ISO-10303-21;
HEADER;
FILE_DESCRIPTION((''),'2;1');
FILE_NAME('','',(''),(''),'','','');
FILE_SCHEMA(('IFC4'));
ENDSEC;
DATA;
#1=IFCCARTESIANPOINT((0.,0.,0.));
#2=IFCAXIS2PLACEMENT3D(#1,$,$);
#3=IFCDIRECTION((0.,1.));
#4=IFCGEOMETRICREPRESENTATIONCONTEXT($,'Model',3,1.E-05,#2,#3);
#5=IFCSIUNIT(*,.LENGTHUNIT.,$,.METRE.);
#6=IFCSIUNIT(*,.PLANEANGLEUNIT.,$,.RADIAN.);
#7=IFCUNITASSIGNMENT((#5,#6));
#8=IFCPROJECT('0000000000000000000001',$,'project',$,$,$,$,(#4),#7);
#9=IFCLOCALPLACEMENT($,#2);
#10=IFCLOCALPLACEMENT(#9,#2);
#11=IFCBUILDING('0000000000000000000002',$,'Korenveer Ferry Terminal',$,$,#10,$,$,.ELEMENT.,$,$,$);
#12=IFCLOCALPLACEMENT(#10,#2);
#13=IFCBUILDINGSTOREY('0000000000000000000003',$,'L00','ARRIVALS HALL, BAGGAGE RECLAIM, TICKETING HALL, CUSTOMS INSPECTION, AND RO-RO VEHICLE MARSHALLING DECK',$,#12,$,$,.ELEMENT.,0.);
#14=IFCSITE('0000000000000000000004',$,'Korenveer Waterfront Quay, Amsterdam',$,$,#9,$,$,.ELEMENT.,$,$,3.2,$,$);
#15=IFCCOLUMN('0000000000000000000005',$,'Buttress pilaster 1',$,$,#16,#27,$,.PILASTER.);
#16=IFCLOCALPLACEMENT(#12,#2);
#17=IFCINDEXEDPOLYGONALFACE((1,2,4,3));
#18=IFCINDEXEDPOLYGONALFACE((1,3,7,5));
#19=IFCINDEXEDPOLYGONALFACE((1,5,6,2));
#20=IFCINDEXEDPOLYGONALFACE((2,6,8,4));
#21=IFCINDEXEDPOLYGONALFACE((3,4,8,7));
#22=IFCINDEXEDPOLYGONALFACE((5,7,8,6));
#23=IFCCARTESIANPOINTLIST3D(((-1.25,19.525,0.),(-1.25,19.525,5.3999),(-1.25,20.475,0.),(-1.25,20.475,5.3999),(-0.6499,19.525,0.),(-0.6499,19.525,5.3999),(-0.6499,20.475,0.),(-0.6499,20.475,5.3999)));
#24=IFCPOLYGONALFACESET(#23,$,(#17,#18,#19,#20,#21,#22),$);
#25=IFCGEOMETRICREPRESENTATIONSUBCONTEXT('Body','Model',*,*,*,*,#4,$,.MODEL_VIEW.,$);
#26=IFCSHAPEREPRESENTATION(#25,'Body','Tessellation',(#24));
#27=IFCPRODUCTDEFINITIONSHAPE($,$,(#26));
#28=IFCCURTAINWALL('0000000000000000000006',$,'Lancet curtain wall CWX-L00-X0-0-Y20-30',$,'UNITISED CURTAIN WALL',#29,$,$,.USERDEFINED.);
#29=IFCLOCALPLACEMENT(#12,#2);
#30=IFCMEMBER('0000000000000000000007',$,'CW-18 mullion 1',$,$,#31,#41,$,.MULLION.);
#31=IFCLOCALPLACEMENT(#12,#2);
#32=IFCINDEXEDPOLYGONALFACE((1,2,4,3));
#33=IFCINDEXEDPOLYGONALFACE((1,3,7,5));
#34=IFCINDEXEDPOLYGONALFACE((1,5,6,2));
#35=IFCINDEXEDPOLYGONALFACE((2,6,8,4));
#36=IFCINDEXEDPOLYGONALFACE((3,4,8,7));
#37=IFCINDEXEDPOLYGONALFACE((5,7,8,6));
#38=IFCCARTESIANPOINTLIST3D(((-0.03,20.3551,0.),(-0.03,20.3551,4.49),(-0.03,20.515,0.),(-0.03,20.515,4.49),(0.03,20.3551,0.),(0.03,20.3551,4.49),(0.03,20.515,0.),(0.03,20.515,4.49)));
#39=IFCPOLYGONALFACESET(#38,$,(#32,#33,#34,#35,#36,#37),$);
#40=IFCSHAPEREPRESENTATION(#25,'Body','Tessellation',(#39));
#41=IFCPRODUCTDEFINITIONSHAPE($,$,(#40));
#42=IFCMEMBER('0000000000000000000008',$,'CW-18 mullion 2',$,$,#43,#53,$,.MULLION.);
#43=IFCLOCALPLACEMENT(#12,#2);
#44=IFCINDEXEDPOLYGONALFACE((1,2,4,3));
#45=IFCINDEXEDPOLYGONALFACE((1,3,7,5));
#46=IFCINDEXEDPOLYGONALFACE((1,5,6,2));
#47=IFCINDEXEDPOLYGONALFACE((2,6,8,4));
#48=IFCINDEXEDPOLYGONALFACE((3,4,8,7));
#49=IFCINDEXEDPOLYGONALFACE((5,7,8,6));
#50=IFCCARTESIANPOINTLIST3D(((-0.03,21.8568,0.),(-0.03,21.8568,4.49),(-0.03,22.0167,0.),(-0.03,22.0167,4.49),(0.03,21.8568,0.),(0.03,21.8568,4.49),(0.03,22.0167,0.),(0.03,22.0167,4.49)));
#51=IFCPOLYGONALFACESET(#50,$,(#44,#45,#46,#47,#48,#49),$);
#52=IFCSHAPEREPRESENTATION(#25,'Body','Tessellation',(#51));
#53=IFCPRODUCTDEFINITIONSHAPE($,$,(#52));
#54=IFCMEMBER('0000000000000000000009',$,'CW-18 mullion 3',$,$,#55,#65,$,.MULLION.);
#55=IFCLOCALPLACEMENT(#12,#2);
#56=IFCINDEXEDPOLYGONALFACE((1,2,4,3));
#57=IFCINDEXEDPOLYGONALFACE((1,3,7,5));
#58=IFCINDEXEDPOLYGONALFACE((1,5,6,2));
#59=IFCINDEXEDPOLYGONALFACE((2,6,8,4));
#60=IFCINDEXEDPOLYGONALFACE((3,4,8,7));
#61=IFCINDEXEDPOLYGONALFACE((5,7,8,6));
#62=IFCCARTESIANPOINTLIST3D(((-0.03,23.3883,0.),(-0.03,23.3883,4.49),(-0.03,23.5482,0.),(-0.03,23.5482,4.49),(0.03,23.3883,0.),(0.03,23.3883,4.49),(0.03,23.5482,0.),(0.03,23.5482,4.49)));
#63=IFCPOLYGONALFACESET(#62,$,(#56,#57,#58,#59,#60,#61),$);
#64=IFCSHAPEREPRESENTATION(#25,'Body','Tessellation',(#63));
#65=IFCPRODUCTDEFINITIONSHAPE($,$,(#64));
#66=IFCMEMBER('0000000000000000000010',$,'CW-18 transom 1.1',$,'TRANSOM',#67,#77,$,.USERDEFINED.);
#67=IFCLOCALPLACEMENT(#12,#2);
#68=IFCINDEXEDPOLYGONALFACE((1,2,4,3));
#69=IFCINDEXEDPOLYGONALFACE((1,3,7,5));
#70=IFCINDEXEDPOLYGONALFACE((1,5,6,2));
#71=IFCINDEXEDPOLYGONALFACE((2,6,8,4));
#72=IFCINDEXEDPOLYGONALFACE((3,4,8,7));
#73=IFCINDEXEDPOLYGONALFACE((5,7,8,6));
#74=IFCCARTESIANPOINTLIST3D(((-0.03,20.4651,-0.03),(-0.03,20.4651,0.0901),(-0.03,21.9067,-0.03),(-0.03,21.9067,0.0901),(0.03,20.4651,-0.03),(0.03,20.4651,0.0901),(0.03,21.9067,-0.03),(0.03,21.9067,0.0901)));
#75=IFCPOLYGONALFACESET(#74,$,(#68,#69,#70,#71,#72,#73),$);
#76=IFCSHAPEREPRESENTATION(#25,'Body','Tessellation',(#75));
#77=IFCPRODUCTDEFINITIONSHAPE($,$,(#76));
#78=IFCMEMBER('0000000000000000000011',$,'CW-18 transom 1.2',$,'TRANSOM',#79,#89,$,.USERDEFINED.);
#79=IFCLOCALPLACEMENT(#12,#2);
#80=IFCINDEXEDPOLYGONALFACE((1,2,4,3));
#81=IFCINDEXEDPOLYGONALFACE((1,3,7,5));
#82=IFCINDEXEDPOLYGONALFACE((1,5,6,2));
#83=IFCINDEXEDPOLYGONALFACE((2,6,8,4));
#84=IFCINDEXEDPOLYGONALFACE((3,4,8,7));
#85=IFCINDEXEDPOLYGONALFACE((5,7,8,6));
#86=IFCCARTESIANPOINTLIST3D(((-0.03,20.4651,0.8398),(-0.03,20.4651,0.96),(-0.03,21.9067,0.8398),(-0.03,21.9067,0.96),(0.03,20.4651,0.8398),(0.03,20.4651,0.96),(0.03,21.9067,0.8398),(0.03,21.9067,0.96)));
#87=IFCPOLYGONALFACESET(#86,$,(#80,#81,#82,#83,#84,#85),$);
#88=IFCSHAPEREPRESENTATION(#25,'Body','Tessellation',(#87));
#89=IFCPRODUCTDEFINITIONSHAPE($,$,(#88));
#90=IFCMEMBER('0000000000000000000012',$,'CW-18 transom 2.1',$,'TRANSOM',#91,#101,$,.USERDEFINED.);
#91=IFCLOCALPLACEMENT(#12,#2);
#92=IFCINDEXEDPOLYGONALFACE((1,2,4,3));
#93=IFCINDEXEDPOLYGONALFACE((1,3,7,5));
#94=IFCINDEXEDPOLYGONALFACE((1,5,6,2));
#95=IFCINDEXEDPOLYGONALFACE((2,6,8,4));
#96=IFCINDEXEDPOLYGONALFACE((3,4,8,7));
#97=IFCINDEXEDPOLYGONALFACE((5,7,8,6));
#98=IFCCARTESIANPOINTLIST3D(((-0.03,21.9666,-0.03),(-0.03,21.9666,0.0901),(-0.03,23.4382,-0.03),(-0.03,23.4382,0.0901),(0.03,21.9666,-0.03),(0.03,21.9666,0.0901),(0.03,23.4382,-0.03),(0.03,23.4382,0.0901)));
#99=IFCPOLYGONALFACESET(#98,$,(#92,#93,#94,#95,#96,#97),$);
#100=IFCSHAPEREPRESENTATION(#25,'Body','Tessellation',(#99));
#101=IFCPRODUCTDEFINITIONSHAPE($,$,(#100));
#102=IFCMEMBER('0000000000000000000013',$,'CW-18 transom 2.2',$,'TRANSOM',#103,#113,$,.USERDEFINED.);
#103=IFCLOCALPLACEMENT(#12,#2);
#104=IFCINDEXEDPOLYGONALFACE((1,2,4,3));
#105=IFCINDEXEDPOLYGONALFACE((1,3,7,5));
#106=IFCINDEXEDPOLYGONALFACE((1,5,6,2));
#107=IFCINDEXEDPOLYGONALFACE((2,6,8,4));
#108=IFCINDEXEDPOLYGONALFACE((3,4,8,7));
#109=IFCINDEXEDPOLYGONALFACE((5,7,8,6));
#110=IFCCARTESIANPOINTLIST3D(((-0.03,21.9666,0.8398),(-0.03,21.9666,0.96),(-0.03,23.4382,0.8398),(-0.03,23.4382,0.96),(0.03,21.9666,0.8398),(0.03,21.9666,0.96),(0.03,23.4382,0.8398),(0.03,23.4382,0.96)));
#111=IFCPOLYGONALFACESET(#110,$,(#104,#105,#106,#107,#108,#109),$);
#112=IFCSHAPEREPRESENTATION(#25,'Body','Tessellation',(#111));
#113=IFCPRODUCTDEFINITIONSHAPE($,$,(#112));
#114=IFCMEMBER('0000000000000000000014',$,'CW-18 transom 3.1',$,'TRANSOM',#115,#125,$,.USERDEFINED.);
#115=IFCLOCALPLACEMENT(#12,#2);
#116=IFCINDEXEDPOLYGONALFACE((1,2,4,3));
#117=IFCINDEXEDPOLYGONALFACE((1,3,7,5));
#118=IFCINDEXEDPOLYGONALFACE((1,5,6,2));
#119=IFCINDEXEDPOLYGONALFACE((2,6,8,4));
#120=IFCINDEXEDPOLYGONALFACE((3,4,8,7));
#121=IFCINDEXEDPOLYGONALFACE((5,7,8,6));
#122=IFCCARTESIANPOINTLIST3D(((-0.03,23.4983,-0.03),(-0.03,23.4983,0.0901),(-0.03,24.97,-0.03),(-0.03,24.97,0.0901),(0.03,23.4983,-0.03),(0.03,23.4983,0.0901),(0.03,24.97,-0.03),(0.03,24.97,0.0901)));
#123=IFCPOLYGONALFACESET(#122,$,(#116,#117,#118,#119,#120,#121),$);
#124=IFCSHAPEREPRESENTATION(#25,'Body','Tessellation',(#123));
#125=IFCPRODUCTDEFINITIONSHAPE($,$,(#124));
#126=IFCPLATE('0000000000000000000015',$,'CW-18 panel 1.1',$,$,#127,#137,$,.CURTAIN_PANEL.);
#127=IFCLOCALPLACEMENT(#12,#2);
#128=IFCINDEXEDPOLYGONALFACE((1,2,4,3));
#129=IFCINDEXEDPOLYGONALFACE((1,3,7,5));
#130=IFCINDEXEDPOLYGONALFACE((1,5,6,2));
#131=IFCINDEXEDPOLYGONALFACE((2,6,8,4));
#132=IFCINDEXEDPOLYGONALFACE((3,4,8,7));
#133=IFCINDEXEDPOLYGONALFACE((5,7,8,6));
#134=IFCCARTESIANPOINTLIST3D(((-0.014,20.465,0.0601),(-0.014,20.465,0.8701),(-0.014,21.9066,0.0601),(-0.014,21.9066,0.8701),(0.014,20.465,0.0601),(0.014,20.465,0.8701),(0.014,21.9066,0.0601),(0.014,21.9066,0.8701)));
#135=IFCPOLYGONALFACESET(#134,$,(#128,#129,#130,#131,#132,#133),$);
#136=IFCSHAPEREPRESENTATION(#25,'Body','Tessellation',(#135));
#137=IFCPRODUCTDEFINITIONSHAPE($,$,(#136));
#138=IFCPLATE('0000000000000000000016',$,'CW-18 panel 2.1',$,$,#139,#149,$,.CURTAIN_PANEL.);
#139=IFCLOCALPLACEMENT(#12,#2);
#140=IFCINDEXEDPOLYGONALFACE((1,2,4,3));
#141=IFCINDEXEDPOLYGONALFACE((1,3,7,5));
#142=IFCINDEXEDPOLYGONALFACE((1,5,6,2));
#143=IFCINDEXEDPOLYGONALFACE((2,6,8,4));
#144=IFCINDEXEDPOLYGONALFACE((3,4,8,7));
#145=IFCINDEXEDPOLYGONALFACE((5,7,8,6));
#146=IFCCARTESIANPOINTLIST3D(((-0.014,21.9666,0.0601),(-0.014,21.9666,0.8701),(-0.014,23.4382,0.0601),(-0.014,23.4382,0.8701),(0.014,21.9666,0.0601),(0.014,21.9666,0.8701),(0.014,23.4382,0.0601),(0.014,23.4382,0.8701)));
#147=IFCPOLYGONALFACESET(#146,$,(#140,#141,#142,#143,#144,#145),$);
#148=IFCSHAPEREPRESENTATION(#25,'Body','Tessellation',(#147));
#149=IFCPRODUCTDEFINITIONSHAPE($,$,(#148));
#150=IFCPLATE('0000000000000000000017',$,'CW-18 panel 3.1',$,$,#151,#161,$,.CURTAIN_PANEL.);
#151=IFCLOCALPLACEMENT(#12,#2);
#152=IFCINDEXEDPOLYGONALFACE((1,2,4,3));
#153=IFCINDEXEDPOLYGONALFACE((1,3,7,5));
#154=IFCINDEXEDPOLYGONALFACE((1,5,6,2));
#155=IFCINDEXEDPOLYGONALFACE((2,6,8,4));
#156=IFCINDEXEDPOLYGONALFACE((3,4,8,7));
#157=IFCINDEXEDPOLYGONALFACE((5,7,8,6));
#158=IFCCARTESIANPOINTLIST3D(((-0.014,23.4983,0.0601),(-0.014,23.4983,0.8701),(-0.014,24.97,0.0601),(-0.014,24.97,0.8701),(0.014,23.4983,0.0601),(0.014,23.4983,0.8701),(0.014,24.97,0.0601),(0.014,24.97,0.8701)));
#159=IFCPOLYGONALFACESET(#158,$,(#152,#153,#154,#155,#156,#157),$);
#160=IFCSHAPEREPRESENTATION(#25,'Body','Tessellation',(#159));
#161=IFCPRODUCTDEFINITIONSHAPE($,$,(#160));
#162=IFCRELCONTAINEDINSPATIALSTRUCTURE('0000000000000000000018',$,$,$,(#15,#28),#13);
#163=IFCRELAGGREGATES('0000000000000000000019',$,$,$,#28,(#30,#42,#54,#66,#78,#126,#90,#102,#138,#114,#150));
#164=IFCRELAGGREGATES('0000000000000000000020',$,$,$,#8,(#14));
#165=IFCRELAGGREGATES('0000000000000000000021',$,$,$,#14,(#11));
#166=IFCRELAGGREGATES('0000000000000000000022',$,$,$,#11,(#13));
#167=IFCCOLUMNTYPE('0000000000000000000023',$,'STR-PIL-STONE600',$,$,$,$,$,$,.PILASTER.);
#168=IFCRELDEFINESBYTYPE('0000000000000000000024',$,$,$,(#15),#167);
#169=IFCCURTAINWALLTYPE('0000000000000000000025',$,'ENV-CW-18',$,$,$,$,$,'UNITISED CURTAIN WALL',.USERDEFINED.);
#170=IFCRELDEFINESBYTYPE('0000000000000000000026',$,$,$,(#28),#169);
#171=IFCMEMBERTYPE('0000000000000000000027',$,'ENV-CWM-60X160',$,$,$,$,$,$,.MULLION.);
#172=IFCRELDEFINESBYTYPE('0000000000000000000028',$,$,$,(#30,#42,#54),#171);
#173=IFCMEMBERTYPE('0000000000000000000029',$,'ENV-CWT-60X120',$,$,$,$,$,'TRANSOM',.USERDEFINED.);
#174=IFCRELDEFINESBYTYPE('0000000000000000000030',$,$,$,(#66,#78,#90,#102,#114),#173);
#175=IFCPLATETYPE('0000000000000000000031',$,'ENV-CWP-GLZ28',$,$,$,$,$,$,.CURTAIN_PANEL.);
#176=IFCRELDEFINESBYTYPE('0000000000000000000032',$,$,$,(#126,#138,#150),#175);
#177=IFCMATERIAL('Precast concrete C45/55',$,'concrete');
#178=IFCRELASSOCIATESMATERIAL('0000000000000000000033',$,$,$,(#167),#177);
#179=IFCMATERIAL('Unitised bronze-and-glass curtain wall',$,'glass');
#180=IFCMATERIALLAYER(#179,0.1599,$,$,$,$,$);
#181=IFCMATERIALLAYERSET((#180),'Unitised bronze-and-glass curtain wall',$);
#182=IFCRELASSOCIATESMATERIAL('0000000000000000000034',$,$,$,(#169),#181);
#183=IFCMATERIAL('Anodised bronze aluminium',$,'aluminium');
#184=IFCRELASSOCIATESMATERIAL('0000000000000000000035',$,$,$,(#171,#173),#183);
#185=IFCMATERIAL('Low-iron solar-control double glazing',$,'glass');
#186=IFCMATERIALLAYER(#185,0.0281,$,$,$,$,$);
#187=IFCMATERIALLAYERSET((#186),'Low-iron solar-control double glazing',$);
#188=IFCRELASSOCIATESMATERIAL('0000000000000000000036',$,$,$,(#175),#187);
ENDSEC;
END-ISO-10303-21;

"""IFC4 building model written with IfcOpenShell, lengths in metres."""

from ifc_helpers import new_model, si_unit, direction, frame, origin, origin_2d, place, context, subcontext, project, spatial, rectangle, extrude, material, layer, layer_set, material_profile, profile_set, type_object, element, aggregate, save


model = new_model("IFC4")

# Units and contexts
model_context = context("Model", 3, precision=1e-05, world=origin(), true_north=direction((0.0, 1.0)))
body_context = subcontext(model_context, "Body", "Model", "MODEL_VIEW")
ifc_project = project(units=[si_unit("LENGTHUNIT", "METRE"), si_unit("PLANEANGLEUNIT", "RADIAN")], contexts=[model_context])

# Site, building, storey
site_placement = place(None, origin())
site = spatial("IfcSite", under=ifc_project, at=site_placement, Name="Korenveer Waterfront Quay, Amsterdam", CompositionType="ELEMENT", RefElevation=3.2)
building_placement = place(site_placement, origin())
building = spatial("IfcBuilding", under=site, at=building_placement, Name="Korenveer Ferry Terminal", CompositionType="ELEMENT")
storey_placement = place(building_placement, origin())
storey = spatial("IfcBuildingStorey", under=building, at=storey_placement, Name="L00", Description="ARRIVALS HALL, BAGGAGE RECLAIM, TICKETING HALL, CUSTOMS INSPECTION, AND RO-RO VEHICLE MARSHALLING DECK", CompositionType="ELEMENT", Elevation=0.0)

# Column
ifc_material_1 = material(Name="Precast concrete C45/55", Category="concrete")
ifc_material_profile_1 = material_profile(ifc_material_1, rectangle(XDim=0.6001, YDim=0.95, at=origin_2d()), Name="RC 600x950")
ifc_profile_set_1 = profile_set([ifc_material_profile_1], Name="Precast concrete C45/55")
column_type_1 = type_object("IfcColumnType", Name="STR-PIL-STONE600", PredefinedType="PILASTER", material=ifc_profile_set_1)
column_1_placement = place(storey_placement, frame((-0.95, 20.0, 0.0), z_axis=(0.0, 0.0, 1.0), x_axis=(1.0, 0.0, 0.0)))
element("IfcColumn", 1, at=column_1_placement, inside=storey, type_object=column_type_1, Name="Buttress pilaster 1", PredefinedType="PILASTER", context=body_context, shape_type="SweptSolid", body=[
    extrude(rectangle(XDim=0.6001, YDim=0.95, at=origin_2d()), origin(), (0.0, 0.0, 1.0), 5.3999),
])

# Curtain wall, members, plates
ifc_material_2 = material(Name="Unitised bronze-and-glass curtain wall", Category="glass")
ifc_layer_1 = layer(ifc_material_2, 0.1599)
ifc_layer_set_1 = layer_set([ifc_layer_1], Name="Unitised bronze-and-glass curtain wall")
curtain_wall_type = type_object("IfcCurtainWallType", Name="ENV-CW-18", ElementType="UNITISED CURTAIN WALL", PredefinedType="USERDEFINED", material=ifc_layer_set_1)
curtain_wall_placement = place(storey_placement, frame((0.0, 20.405, 0.0)))
curtain_wall = element("IfcCurtainWall", 2, at=curtain_wall_placement, inside=storey, type_object=curtain_wall_type, Name="Lancet curtain wall CWX-L00-X0-0-Y20-30", ObjectType="UNITISED CURTAIN WALL", PredefinedType="USERDEFINED")
ifc_material_3 = material(Name="Anodised bronze aluminium", Category="aluminium")
ifc_material_profile_2 = material_profile(ifc_material_3, rectangle(XDim=0.0601, YDim=0.1599, at=origin_2d()), Name="ALU 60x160")
ifc_profile_set_2 = profile_set([ifc_material_profile_2], Name="Anodised bronze aluminium")
member_type_1 = type_object("IfcMemberType", Name="ENV-CWM-60X160", PredefinedType="MULLION", material=ifc_profile_set_2)
member_1_placement = place(storey_placement, frame((0.0, 20.4351, 0.0), z_axis=(0.0, 0.0, 1.0), x_axis=(-1.0, 0.0, 0.0)))
member_1 = element("IfcMember", 3, at=member_1_placement, type_object=member_type_1, Name="CW-18 mullion 1", PredefinedType="MULLION", context=body_context, shape_type="SweptSolid", body=[
    extrude(rectangle(XDim=0.0601, YDim=0.1599, at=origin_2d()), origin(), (0.0, 0.0, 1.0), 4.49),
])
member_2_placement = place(storey_placement, frame((0.0, 21.9368, 0.0), z_axis=(0.0, 0.0, 1.0), x_axis=(-1.0, 0.0, 0.0)))
member_2 = element("IfcMember", 4, at=member_2_placement, type_object=member_type_1, Name="CW-18 mullion 2", PredefinedType="MULLION", context=body_context, shape_type="SweptSolid", body=[
    extrude(rectangle(XDim=0.0601, YDim=0.1599, at=origin_2d()), origin(), (0.0, 0.0, 1.0), 4.49),
])
member_3_placement = place(storey_placement, frame((0.0, 23.4683, 0.0), z_axis=(0.0, 0.0, 1.0), x_axis=(-1.0, 0.0, 0.0)))
member_3 = element("IfcMember", 5, at=member_3_placement, type_object=member_type_1, Name="CW-18 mullion 3", PredefinedType="MULLION", context=body_context, shape_type="SweptSolid", body=[
    extrude(rectangle(XDim=0.0601, YDim=0.1599, at=origin_2d()), origin(), (0.0, 0.0, 1.0), 4.49),
])
ifc_material_profile_3 = material_profile(ifc_material_3, rectangle(XDim=0.0601, YDim=0.1201, at=origin_2d()), Name="ALU 60x120")
ifc_profile_set_3 = profile_set([ifc_material_profile_3], Name="Anodised bronze aluminium")
member_type_2 = type_object("IfcMemberType", Name="ENV-CWT-60X120", ElementType="TRANSOM", PredefinedType="USERDEFINED", material=ifc_profile_set_3)
member_4_placement = place(storey_placement, frame((0.0, 20.4651, 0.03), z_axis=(0.0, 1.0, 0.0), x_axis=(-1.0, 0.0, 0.0)))
member_4 = element("IfcMember", 6, at=member_4_placement, type_object=member_type_2, Name="CW-18 transom 1.1", ObjectType="TRANSOM", PredefinedType="USERDEFINED", context=body_context, shape_type="SweptSolid", body=[
    extrude(rectangle(XDim=0.0601, YDim=0.1201, at=origin_2d()), origin(), (0.0, 0.0, 1.0), 1.4417),
])
member_5_placement = place(storey_placement, frame((0.0, 20.4651, 0.8999), z_axis=(0.0, 1.0, 0.0), x_axis=(-1.0, 0.0, 0.0)))
member_5 = element("IfcMember", 7, at=member_5_placement, type_object=member_type_2, Name="CW-18 transom 1.2", ObjectType="TRANSOM", PredefinedType="USERDEFINED", context=body_context, shape_type="SweptSolid", body=[
    extrude(rectangle(XDim=0.0601, YDim=0.1201, at=origin_2d()), origin(), (0.0, 0.0, 1.0), 1.4417),
])
member_6_placement = place(storey_placement, frame((0.0, 21.9666, 0.03), z_axis=(0.0, 1.0, 0.0), x_axis=(-1.0, 0.0, 0.0)))
member_6 = element("IfcMember", 8, at=member_6_placement, type_object=member_type_2, Name="CW-18 transom 2.1", ObjectType="TRANSOM", PredefinedType="USERDEFINED", context=body_context, shape_type="SweptSolid", body=[
    extrude(rectangle(XDim=0.0601, YDim=0.1201, at=origin_2d()), origin(), (0.0, 0.0, 1.0), 1.4717),
])
member_7_placement = place(storey_placement, frame((0.0, 21.9666, 0.8999), z_axis=(0.0, 1.0, 0.0), x_axis=(-1.0, 0.0, 0.0)))
member_7 = element("IfcMember", 9, at=member_7_placement, type_object=member_type_2, Name="CW-18 transom 2.2", ObjectType="TRANSOM", PredefinedType="USERDEFINED", context=body_context, shape_type="SweptSolid", body=[
    extrude(rectangle(XDim=0.0601, YDim=0.1201, at=origin_2d()), origin(), (0.0, 0.0, 1.0), 1.4717),
])
member_8_placement = place(storey_placement, frame((0.0, 23.4983, 0.03), z_axis=(0.0, 1.0, 0.0), x_axis=(-1.0, 0.0, 0.0)))
member_8 = element("IfcMember", 10, at=member_8_placement, type_object=member_type_2, Name="CW-18 transom 3.1", ObjectType="TRANSOM", PredefinedType="USERDEFINED", context=body_context, shape_type="SweptSolid", body=[
    extrude(rectangle(XDim=0.0601, YDim=0.1201, at=origin_2d()), origin(), (0.0, 0.0, 1.0), 1.4717),
])
ifc_material_4 = material(Name="Low-iron solar-control double glazing", Category="glass")
ifc_layer_2 = layer(ifc_material_4, 0.0281)
ifc_layer_set_2 = layer_set([ifc_layer_2], Name="Low-iron solar-control double glazing")
plate_type = type_object("IfcPlateType", Name="ENV-CWP-GLZ28", PredefinedType="CURTAIN_PANEL", material=ifc_layer_set_2)
plate_1_placement = place(storey_placement, frame((0.0, 21.1858, 0.0601), z_axis=(0.0, 0.0, 1.0), x_axis=(0.0, 1.0, 0.0)))
plate_1 = element("IfcPlate", 11, at=plate_1_placement, type_object=plate_type, Name="CW-18 panel 1.1", PredefinedType="CURTAIN_PANEL", context=body_context, shape_type="SweptSolid", body=[
    extrude(rectangle(XDim=1.4417, YDim=0.0281, at=origin_2d()), origin(), (0.0, 0.0, 1.0), 0.8101),
])
plate_2_placement = place(storey_placement, frame((0.0, 22.7024, 0.0601), z_axis=(0.0, 0.0, 1.0), x_axis=(0.0, 1.0, 0.0)))
plate_2 = element("IfcPlate", 12, at=plate_2_placement, type_object=plate_type, Name="CW-18 panel 2.1", PredefinedType="CURTAIN_PANEL", context=body_context, shape_type="SweptSolid", body=[
    extrude(rectangle(XDim=1.4717, YDim=0.0281, at=origin_2d()), origin(), (0.0, 0.0, 1.0), 0.8101),
])
plate_3_placement = place(storey_placement, frame((0.0, 24.2341, 0.0601), z_axis=(0.0, 0.0, 1.0), x_axis=(0.0, 1.0, 0.0)))
plate_3 = element("IfcPlate", 13, at=plate_3_placement, type_object=plate_type, Name="CW-18 panel 3.1", PredefinedType="CURTAIN_PANEL", context=body_context, shape_type="SweptSolid", body=[
    extrude(rectangle(XDim=1.4717, YDim=0.0281, at=origin_2d()), origin(), (0.0, 0.0, 1.0), 0.8101),
])
aggregate(curtain_wall, [member_1, member_2, member_3, member_4, member_5, plate_1, member_6, member_7, plate_2, member_8, plate_3])

save(model, "model.ifc")
